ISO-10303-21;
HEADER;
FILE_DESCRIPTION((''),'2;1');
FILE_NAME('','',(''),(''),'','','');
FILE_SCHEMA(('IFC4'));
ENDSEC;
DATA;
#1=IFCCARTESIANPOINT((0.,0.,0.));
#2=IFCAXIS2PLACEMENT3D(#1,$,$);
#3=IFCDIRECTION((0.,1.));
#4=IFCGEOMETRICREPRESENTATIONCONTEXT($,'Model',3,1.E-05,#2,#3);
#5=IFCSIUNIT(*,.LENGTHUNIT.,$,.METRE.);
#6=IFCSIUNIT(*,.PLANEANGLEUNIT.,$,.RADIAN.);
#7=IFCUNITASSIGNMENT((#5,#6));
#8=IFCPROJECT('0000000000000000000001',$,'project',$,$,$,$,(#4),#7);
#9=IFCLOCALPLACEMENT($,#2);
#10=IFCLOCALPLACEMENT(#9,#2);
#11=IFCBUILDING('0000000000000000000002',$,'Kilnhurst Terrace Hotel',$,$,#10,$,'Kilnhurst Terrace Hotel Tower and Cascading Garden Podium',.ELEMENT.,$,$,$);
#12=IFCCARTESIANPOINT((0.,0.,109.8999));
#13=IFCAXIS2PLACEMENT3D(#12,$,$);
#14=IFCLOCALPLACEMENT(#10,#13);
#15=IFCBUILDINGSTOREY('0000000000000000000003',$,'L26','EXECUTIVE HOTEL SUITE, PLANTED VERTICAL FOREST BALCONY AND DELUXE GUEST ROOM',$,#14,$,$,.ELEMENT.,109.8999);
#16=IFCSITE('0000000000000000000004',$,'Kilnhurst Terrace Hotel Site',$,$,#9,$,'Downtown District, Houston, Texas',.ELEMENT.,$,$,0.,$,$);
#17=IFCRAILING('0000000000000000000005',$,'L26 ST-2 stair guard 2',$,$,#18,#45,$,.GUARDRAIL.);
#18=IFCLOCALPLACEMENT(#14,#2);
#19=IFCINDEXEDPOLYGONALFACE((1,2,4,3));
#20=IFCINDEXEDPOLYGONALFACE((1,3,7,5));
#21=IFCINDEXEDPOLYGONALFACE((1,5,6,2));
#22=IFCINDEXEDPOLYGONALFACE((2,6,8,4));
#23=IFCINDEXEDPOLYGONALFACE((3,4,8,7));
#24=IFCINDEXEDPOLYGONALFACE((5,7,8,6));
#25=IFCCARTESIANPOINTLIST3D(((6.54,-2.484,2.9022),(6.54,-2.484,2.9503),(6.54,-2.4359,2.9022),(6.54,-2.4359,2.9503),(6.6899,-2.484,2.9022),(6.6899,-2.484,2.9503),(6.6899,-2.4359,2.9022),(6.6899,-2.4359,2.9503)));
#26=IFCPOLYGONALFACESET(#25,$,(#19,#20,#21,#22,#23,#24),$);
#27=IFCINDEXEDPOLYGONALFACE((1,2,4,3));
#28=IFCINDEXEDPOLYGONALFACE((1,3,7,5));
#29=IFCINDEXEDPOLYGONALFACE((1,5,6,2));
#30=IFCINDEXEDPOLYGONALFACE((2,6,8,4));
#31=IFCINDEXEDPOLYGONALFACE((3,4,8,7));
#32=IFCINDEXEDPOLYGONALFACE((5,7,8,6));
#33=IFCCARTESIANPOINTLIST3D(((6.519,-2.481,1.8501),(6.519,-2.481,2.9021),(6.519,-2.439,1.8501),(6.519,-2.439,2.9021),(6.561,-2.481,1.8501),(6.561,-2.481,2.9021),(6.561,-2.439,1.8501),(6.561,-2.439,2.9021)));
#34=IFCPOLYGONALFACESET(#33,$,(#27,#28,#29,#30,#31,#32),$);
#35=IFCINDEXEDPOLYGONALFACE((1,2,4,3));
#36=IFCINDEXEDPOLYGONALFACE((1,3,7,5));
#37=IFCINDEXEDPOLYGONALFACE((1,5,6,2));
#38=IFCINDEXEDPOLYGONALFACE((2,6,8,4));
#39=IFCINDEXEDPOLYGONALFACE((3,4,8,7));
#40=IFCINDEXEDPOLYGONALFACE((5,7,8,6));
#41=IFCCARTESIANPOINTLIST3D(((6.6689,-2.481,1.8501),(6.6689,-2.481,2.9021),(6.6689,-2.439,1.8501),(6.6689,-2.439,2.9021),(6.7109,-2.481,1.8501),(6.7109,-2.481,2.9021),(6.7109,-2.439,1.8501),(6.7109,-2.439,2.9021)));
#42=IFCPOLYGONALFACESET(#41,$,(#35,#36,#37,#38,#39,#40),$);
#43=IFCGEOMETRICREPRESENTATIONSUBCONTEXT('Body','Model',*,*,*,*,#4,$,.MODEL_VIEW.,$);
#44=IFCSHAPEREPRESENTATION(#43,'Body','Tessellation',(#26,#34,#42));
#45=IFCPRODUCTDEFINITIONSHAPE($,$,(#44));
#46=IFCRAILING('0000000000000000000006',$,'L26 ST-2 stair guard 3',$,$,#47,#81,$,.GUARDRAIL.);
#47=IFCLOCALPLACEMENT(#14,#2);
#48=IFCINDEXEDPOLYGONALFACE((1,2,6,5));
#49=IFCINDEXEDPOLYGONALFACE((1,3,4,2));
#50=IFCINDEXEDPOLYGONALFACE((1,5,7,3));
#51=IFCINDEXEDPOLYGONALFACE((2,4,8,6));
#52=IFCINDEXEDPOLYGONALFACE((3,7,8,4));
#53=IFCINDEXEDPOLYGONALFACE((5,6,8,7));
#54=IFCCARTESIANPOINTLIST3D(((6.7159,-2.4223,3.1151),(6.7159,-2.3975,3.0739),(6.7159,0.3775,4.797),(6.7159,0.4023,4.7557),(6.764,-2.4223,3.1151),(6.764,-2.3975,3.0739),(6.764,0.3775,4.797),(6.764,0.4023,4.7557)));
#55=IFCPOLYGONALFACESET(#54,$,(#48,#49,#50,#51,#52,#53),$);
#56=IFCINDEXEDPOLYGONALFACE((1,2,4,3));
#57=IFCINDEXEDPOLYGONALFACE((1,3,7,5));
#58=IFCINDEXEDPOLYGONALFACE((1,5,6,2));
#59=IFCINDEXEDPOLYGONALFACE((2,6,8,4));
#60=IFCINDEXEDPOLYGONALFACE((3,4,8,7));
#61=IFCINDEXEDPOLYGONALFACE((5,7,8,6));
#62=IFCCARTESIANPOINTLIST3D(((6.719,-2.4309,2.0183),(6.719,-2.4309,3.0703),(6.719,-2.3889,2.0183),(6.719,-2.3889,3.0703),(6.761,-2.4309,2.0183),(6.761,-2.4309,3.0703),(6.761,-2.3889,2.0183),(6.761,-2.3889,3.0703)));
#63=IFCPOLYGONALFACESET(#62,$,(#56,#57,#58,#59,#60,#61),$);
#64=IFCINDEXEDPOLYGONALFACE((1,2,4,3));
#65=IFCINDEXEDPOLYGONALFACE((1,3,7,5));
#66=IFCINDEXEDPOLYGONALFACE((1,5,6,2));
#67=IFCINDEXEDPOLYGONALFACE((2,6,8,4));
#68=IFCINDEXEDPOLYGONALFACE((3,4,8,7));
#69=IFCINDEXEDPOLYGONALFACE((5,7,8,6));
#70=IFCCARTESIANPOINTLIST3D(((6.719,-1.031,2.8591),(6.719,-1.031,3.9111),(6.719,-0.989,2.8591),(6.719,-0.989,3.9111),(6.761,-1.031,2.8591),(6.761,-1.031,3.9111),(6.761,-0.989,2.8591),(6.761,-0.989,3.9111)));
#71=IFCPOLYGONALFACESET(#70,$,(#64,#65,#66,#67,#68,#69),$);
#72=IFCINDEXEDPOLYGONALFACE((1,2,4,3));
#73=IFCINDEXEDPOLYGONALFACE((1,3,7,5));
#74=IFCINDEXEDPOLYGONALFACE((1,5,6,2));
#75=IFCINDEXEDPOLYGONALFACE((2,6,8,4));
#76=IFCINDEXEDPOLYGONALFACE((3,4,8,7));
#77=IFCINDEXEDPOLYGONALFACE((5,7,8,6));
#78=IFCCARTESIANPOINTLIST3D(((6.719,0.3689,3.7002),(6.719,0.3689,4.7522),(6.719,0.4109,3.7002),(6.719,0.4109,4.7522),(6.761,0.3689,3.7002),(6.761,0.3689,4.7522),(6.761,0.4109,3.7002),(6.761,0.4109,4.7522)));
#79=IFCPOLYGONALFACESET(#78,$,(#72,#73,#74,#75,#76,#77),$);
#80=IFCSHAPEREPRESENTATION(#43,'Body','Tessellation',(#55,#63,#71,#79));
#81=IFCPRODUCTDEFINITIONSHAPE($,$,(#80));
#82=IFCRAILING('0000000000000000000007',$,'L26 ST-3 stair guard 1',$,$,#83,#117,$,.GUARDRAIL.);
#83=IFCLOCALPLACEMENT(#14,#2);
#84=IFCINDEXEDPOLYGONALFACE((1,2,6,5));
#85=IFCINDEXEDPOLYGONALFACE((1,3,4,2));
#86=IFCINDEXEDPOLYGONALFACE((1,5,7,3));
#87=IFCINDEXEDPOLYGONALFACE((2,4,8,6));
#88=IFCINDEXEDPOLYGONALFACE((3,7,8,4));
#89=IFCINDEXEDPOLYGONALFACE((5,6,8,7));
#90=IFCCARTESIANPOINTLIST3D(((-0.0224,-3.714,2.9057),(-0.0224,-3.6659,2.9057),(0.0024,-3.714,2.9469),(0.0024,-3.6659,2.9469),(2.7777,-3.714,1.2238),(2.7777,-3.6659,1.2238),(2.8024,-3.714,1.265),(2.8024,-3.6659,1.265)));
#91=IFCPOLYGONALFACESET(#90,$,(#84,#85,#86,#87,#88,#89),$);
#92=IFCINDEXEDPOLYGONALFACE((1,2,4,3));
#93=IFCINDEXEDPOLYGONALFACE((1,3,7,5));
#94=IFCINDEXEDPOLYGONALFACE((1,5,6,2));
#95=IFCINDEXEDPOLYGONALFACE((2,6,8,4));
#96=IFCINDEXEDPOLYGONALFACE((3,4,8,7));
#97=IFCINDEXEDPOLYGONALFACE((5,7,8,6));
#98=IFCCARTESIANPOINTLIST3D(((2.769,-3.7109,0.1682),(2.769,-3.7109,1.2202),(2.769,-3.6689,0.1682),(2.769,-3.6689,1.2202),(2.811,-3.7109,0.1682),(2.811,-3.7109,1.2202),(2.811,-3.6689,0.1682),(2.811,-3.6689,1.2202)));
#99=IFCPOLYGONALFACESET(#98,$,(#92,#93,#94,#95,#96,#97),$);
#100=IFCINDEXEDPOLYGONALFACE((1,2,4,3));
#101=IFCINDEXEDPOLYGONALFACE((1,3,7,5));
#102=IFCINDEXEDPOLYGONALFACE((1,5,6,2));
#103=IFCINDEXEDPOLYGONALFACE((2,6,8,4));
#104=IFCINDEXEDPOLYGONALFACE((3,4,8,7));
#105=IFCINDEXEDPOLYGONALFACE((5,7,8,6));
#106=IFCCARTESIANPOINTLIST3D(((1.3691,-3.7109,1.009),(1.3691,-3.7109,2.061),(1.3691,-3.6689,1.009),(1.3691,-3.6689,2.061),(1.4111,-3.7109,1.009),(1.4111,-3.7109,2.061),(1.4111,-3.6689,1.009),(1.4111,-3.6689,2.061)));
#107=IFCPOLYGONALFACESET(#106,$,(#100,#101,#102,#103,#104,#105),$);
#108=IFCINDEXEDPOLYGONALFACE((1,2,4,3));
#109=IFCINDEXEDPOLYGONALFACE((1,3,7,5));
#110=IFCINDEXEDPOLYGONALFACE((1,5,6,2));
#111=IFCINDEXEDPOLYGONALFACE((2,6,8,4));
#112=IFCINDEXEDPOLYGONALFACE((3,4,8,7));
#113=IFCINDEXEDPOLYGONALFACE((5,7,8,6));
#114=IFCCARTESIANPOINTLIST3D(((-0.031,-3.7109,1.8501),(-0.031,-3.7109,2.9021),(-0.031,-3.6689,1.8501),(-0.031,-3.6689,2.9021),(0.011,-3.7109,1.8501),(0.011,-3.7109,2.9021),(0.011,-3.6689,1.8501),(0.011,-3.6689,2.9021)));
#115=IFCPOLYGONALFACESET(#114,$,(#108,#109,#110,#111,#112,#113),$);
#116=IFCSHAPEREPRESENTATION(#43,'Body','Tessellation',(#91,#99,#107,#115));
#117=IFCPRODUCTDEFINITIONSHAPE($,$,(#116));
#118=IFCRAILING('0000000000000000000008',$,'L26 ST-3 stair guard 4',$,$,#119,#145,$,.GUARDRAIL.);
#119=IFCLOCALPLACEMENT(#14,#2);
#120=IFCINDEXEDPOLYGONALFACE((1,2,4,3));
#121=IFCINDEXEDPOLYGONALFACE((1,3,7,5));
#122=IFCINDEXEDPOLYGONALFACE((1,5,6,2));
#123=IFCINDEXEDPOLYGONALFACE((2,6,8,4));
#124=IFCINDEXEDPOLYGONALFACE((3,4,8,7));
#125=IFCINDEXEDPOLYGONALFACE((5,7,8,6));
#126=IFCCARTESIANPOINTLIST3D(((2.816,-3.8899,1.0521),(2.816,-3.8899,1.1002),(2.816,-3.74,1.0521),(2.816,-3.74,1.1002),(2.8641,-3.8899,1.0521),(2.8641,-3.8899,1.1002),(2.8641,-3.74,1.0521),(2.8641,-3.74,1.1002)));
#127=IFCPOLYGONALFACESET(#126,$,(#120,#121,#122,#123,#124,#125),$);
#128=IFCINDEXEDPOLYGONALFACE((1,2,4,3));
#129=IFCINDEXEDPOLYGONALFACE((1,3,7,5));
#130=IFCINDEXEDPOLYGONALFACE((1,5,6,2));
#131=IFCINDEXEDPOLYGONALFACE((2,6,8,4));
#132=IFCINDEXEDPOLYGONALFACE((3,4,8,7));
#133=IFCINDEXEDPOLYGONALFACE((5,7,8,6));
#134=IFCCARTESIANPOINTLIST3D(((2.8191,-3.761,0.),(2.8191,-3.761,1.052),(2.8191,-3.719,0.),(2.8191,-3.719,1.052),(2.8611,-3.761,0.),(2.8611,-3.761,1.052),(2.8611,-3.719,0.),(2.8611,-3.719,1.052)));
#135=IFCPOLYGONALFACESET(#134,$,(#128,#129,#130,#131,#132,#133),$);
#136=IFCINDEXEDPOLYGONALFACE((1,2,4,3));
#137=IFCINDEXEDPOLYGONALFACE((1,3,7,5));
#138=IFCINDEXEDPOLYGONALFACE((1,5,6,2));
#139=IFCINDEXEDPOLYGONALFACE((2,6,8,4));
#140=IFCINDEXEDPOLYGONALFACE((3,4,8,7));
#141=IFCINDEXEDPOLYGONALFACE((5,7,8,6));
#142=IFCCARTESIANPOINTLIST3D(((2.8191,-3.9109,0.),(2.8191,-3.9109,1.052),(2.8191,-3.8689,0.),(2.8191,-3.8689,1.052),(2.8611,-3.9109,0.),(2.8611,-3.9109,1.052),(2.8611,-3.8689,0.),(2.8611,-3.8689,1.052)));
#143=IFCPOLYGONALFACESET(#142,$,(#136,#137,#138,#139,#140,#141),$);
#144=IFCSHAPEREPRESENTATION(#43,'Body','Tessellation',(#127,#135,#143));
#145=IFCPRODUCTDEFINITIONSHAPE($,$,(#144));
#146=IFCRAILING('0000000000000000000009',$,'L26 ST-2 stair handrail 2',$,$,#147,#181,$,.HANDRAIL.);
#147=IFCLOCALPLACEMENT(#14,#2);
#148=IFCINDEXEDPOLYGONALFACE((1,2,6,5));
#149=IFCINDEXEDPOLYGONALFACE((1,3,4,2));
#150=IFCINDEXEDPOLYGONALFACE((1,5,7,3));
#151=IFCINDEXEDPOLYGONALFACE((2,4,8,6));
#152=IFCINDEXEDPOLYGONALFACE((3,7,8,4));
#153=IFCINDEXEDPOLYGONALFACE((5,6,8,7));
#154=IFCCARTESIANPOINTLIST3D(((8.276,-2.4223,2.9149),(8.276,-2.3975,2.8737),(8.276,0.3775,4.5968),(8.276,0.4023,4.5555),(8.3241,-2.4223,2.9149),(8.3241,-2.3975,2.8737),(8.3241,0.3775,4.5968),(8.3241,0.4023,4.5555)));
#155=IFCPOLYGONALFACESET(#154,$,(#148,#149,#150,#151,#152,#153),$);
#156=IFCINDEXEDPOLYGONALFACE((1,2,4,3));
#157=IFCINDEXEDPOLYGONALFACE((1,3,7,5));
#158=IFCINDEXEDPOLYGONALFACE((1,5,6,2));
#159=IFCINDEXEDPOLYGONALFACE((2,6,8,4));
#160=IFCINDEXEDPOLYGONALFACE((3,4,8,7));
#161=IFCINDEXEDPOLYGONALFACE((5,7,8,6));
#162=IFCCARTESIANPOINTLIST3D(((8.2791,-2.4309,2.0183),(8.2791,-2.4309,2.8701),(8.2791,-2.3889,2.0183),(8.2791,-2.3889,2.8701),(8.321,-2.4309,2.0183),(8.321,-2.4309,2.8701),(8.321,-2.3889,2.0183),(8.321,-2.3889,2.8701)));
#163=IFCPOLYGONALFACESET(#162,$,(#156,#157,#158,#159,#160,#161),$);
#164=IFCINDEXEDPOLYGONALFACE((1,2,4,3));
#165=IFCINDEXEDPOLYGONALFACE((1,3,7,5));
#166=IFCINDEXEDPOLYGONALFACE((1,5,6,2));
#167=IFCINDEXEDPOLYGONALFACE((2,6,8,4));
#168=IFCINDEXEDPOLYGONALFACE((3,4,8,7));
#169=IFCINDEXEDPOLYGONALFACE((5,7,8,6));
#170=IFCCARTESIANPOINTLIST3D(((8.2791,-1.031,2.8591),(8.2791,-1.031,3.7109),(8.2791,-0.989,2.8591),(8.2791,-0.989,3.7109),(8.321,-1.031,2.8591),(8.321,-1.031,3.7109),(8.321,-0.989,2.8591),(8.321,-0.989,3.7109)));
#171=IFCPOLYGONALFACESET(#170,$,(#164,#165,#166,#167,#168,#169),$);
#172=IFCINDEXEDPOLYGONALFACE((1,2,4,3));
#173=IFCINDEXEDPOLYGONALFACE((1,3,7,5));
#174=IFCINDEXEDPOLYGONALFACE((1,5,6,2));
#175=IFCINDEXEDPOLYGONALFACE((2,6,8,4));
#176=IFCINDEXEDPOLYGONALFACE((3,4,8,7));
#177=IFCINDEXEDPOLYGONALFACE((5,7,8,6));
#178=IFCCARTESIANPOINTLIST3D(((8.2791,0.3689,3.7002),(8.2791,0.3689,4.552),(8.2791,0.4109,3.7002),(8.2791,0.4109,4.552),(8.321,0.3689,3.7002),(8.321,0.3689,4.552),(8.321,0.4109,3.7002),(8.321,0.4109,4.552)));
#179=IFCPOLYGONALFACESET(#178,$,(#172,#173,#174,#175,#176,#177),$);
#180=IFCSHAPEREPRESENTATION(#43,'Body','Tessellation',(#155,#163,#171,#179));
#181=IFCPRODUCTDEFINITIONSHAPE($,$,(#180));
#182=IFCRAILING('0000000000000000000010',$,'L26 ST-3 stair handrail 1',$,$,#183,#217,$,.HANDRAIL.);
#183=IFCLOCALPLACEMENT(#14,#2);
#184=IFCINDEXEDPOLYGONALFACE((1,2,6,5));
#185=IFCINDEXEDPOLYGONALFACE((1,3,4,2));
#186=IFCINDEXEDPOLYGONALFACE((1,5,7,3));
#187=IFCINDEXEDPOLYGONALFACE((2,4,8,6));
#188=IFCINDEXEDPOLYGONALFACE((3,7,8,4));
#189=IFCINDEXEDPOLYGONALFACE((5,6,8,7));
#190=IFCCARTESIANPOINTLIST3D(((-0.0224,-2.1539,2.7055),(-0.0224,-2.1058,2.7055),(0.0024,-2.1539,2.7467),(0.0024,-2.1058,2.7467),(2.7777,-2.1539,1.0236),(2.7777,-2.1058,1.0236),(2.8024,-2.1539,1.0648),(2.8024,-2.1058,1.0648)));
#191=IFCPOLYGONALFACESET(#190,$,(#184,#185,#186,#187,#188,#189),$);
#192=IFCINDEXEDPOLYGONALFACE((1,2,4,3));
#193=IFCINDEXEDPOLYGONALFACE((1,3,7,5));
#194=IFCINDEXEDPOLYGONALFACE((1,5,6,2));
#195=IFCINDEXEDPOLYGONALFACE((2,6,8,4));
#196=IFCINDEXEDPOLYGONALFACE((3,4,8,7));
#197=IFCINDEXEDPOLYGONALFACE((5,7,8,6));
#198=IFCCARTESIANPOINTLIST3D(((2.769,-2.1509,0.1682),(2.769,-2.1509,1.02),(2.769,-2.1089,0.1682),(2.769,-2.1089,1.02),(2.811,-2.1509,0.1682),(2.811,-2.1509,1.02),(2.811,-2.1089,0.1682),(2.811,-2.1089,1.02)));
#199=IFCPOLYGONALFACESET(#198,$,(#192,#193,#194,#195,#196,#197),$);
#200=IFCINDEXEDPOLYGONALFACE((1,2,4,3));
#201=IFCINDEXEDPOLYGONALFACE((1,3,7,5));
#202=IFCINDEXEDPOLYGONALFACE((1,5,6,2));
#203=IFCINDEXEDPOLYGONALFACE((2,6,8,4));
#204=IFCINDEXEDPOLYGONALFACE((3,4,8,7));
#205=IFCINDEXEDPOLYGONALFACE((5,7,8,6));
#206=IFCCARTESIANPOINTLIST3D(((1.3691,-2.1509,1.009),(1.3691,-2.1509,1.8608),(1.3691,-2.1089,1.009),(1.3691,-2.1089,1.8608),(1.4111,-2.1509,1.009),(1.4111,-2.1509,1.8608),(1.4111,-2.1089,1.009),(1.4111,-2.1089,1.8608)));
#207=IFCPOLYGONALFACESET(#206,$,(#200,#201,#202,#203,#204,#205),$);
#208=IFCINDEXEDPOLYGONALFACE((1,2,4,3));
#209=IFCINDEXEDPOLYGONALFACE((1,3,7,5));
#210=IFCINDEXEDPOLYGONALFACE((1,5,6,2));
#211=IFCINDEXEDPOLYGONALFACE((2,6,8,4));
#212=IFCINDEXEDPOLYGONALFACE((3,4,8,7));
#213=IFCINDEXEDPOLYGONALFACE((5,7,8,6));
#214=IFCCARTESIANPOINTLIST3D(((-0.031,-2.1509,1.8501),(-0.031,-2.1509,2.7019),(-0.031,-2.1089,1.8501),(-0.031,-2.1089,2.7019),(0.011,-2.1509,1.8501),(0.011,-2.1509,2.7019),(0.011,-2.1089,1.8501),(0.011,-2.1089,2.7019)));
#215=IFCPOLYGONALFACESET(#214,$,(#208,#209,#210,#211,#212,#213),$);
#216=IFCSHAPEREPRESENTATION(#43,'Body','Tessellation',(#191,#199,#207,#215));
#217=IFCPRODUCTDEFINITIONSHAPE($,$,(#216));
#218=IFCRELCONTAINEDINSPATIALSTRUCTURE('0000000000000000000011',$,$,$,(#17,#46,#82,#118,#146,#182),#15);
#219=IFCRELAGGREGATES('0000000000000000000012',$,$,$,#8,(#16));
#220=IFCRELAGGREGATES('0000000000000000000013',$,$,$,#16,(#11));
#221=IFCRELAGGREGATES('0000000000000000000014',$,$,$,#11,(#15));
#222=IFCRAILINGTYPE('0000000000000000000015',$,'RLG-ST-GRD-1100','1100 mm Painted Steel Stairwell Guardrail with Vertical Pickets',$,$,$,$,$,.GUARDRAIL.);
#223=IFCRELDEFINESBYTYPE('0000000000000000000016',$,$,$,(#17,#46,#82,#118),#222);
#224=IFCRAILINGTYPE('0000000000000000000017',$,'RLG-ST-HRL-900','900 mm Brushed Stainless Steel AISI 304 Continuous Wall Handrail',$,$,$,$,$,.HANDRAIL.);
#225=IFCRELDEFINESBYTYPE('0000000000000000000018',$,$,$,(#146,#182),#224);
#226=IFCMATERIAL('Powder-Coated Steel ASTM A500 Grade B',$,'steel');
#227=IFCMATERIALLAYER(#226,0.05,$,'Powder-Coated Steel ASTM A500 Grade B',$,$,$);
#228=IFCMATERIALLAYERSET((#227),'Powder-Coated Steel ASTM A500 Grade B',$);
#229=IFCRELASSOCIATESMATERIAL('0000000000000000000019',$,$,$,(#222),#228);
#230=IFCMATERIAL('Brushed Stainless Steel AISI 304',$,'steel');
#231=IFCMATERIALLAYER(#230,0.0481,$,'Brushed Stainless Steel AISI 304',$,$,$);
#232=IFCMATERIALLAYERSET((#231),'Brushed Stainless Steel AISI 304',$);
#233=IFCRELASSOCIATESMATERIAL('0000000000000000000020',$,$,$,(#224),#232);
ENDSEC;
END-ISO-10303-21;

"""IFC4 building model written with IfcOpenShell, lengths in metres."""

from ifc_helpers import new_model, si_unit, direction, frame, origin, origin_2d, place, context, subcontext, project, spatial, rectangle, extrude, material, layer, layer_set, type_object, element, save


model = new_model("IFC4")

# Units and contexts
model_context = context("Model", 3, precision=1e-05, world=origin(), true_north=direction((0.0, 1.0)))
body_context = subcontext(model_context, "Body", "Model", "MODEL_VIEW")
ifc_project = project(units=[si_unit("LENGTHUNIT", "METRE"), si_unit("PLANEANGLEUNIT", "RADIAN")], contexts=[model_context])

# Site, building, storey
site_placement = place(None, origin())
site = spatial("IfcSite", under=ifc_project, at=site_placement, Name="Kilnhurst Terrace Hotel Site", LongName="Downtown District, Houston, Texas", CompositionType="ELEMENT", RefElevation=0.0)
building_placement = place(site_placement, origin())
building = spatial("IfcBuilding", under=site, at=building_placement, Name="Kilnhurst Terrace Hotel", LongName="Kilnhurst Terrace Hotel Tower and Cascading Garden Podium", CompositionType="ELEMENT")
storey_placement = place(building_placement, frame((0.0, 0.0, 109.8999)))
storey = spatial("IfcBuildingStorey", under=building, at=storey_placement, Name="L26", Description="EXECUTIVE HOTEL SUITE, PLANTED VERTICAL FOREST BALCONY AND DELUXE GUEST ROOM", CompositionType="ELEMENT", Elevation=109.8999)

# Railings
ifc_material_1 = material(Name="Powder-Coated Steel ASTM A500 Grade B", Category="steel")
ifc_layer_1 = layer(ifc_material_1, 0.05, Name="Powder-Coated Steel ASTM A500 Grade B")
ifc_layer_set_1 = layer_set([ifc_layer_1], Name="Powder-Coated Steel ASTM A500 Grade B")
railing_type_1 = type_object("IfcRailingType", Name="RLG-ST-GRD-1100", Description="1100 mm Painted Steel Stairwell Guardrail with Vertical Pickets", PredefinedType="GUARDRAIL", material=ifc_layer_set_1)
railing_1_placement = place(storey_placement, frame((6.54, -2.46, 1.8501)))
element("IfcRailing", 1, at=railing_1_placement, inside=storey, type_object=railing_type_1, Name="L26 ST-2 stair guard 2", PredefinedType="GUARDRAIL", context=body_context, shape_type="SweptSolid", body=[
    extrude(rectangle(XDim=0.0481, YDim=0.0481, at=origin_2d()), frame((0.0, 0.0, 1.0762), z_axis=(1.0, 0.0, 0.0), x_axis=(0.0, 1.0, 0.0)), (0.0, 0.0, 1.0), 0.1499),
    extrude(rectangle(XDim=0.042, YDim=0.042, at=origin_2d()), origin(), (0.0, 0.0, 1.0), 1.052),
    extrude(rectangle(XDim=0.042, YDim=0.042, at=origin_2d()), frame((0.1499, 0.0, 0.0)), (0.0, 0.0, 1.0), 1.052),
])
railing_2_placement = place(storey_placement, frame((6.74, -2.4099, 2.0183)))
element("IfcRailing", 2, at=railing_2_placement, inside=storey, type_object=railing_type_1, Name="L26 ST-2 stair guard 3", PredefinedType="GUARDRAIL", context=body_context, shape_type="SweptSolid", body=[
    extrude(rectangle(XDim=0.0481, YDim=0.0481, at=origin_2d()), frame((0.0, 0.0, 1.0762), z_axis=(0.0, 0.857222, 0.514946), x_axis=(-1.0, 0.0, 0.0)), (0.0, 0.0, 1.0), 3.2661),
    extrude(rectangle(XDim=0.042, YDim=0.042, at=origin_2d()), origin(), (0.0, 0.0, 1.0), 1.052),
    extrude(rectangle(XDim=0.042, YDim=0.042, at=origin_2d()), frame((0.0, 1.3999, 0.8408)), (0.0, 0.0, 1.0), 1.052),
    extrude(rectangle(XDim=0.042, YDim=0.042, at=origin_2d()), frame((0.0, 2.7998, 1.6819)), (0.0, 0.0, 1.0), 1.052),
])
railing_3_placement = place(storey_placement, frame((2.79, -3.6899, 0.1682)))
element("IfcRailing", 3, at=railing_3_placement, inside=storey, type_object=railing_type_1, Name="L26 ST-3 stair guard 1", PredefinedType="GUARDRAIL", context=body_context, shape_type="SweptSolid", body=[
    extrude(rectangle(XDim=0.0481, YDim=0.0481, at=origin_2d()), frame((0.0, 0.0, 1.0762), z_axis=(-0.857242, 0.0, 0.514913), x_axis=(0.0, -1.0, 0.0)), (0.0, 0.0, 1.0), 3.2664),
    extrude(rectangle(XDim=0.042, YDim=0.042, at=origin_2d()), origin(), (0.0, 0.0, 1.0), 1.052),
    extrude(rectangle(XDim=0.042, YDim=0.042, at=origin_2d()), frame((-1.3999, 0.0, 0.8408)), (0.0, 0.0, 1.0), 1.052),
    extrude(rectangle(XDim=0.042, YDim=0.042, at=origin_2d()), frame((-2.8, 0.0, 1.6819)), (0.0, 0.0, 1.0), 1.052),
])
railing_4_placement = place(storey_placement, frame((2.8401, -3.74, 0.0)))
element("IfcRailing", 4, at=railing_4_placement, inside=storey, type_object=railing_type_1, Name="L26 ST-3 stair guard 4", PredefinedType="GUARDRAIL", context=body_context, shape_type="SweptSolid", body=[
    extrude(rectangle(XDim=0.0481, YDim=0.0481, at=origin_2d()), frame((0.0, 0.0, 1.0762), z_axis=(0.0, -1.0, 0.0), x_axis=(1.0, 0.0, 0.0)), (0.0, 0.0, 1.0), 0.1499),
    extrude(rectangle(XDim=0.042, YDim=0.042, at=origin_2d()), origin(), (0.0, 0.0, 1.0), 1.052),
    extrude(rectangle(XDim=0.042, YDim=0.042, at=origin_2d()), frame((0.0, -0.1499, 0.0)), (0.0, 0.0, 1.0), 1.052),
])
ifc_material_2 = material(Name="Brushed Stainless Steel AISI 304", Category="steel")
ifc_layer_2 = layer(ifc_material_2, 0.0481, Name="Brushed Stainless Steel AISI 304")
ifc_layer_set_2 = layer_set([ifc_layer_2], Name="Brushed Stainless Steel AISI 304")
railing_type_2 = type_object("IfcRailingType", Name="RLG-ST-HRL-900", Description="900 mm Brushed Stainless Steel AISI 304 Continuous Wall Handrail", PredefinedType="HANDRAIL", material=ifc_layer_set_2)
railing_5_placement = place(storey_placement, frame((8.3, -2.4099, 2.0183)))
element("IfcRailing", 5, at=railing_5_placement, inside=storey, type_object=railing_type_2, Name="L26 ST-2 stair handrail 2", PredefinedType="HANDRAIL", context=body_context, shape_type="SweptSolid", body=[
    extrude(rectangle(XDim=0.0481, YDim=0.0481, at=origin_2d()), frame((0.0, 0.0, 0.876), z_axis=(0.0, 0.857222, 0.514946), x_axis=(-1.0, 0.0, 0.0)), (0.0, 0.0, 1.0), 3.2661),
    extrude(rectangle(XDim=0.042, YDim=0.042, at=origin_2d()), origin(), (0.0, 0.0, 1.0), 0.8518),
    extrude(rectangle(XDim=0.042, YDim=0.042, at=origin_2d()), frame((0.0, 1.3999, 0.8408)), (0.0, 0.0, 1.0), 0.8518),
    extrude(rectangle(XDim=0.042, YDim=0.042, at=origin_2d()), frame((0.0, 2.7998, 1.6819)), (0.0, 0.0, 1.0), 0.8518),
])
railing_6_placement = place(storey_placement, frame((2.79, -2.1299, 0.1682)))
element("IfcRailing", 6, at=railing_6_placement, inside=storey, type_object=railing_type_2, Name="L26 ST-3 stair handrail 1", PredefinedType="HANDRAIL", context=body_context, shape_type="SweptSolid", body=[
    extrude(rectangle(XDim=0.0481, YDim=0.0481, at=origin_2d()), frame((0.0, 0.0, 0.876), z_axis=(-0.857242, 0.0, 0.514913), x_axis=(0.0, -1.0, 0.0)), (0.0, 0.0, 1.0), 3.2664),
    extrude(rectangle(XDim=0.042, YDim=0.042, at=origin_2d()), origin(), (0.0, 0.0, 1.0), 0.8518),
    extrude(rectangle(XDim=0.042, YDim=0.042, at=origin_2d()), frame((-1.3999, 0.0, 0.8408)), (0.0, 0.0, 1.0), 0.8518),
    extrude(rectangle(XDim=0.042, YDim=0.042, at=origin_2d()), frame((-2.8, 0.0, 1.6819)), (0.0, 0.0, 1.0), 0.8518),
])

save(model, "model.ifc")
